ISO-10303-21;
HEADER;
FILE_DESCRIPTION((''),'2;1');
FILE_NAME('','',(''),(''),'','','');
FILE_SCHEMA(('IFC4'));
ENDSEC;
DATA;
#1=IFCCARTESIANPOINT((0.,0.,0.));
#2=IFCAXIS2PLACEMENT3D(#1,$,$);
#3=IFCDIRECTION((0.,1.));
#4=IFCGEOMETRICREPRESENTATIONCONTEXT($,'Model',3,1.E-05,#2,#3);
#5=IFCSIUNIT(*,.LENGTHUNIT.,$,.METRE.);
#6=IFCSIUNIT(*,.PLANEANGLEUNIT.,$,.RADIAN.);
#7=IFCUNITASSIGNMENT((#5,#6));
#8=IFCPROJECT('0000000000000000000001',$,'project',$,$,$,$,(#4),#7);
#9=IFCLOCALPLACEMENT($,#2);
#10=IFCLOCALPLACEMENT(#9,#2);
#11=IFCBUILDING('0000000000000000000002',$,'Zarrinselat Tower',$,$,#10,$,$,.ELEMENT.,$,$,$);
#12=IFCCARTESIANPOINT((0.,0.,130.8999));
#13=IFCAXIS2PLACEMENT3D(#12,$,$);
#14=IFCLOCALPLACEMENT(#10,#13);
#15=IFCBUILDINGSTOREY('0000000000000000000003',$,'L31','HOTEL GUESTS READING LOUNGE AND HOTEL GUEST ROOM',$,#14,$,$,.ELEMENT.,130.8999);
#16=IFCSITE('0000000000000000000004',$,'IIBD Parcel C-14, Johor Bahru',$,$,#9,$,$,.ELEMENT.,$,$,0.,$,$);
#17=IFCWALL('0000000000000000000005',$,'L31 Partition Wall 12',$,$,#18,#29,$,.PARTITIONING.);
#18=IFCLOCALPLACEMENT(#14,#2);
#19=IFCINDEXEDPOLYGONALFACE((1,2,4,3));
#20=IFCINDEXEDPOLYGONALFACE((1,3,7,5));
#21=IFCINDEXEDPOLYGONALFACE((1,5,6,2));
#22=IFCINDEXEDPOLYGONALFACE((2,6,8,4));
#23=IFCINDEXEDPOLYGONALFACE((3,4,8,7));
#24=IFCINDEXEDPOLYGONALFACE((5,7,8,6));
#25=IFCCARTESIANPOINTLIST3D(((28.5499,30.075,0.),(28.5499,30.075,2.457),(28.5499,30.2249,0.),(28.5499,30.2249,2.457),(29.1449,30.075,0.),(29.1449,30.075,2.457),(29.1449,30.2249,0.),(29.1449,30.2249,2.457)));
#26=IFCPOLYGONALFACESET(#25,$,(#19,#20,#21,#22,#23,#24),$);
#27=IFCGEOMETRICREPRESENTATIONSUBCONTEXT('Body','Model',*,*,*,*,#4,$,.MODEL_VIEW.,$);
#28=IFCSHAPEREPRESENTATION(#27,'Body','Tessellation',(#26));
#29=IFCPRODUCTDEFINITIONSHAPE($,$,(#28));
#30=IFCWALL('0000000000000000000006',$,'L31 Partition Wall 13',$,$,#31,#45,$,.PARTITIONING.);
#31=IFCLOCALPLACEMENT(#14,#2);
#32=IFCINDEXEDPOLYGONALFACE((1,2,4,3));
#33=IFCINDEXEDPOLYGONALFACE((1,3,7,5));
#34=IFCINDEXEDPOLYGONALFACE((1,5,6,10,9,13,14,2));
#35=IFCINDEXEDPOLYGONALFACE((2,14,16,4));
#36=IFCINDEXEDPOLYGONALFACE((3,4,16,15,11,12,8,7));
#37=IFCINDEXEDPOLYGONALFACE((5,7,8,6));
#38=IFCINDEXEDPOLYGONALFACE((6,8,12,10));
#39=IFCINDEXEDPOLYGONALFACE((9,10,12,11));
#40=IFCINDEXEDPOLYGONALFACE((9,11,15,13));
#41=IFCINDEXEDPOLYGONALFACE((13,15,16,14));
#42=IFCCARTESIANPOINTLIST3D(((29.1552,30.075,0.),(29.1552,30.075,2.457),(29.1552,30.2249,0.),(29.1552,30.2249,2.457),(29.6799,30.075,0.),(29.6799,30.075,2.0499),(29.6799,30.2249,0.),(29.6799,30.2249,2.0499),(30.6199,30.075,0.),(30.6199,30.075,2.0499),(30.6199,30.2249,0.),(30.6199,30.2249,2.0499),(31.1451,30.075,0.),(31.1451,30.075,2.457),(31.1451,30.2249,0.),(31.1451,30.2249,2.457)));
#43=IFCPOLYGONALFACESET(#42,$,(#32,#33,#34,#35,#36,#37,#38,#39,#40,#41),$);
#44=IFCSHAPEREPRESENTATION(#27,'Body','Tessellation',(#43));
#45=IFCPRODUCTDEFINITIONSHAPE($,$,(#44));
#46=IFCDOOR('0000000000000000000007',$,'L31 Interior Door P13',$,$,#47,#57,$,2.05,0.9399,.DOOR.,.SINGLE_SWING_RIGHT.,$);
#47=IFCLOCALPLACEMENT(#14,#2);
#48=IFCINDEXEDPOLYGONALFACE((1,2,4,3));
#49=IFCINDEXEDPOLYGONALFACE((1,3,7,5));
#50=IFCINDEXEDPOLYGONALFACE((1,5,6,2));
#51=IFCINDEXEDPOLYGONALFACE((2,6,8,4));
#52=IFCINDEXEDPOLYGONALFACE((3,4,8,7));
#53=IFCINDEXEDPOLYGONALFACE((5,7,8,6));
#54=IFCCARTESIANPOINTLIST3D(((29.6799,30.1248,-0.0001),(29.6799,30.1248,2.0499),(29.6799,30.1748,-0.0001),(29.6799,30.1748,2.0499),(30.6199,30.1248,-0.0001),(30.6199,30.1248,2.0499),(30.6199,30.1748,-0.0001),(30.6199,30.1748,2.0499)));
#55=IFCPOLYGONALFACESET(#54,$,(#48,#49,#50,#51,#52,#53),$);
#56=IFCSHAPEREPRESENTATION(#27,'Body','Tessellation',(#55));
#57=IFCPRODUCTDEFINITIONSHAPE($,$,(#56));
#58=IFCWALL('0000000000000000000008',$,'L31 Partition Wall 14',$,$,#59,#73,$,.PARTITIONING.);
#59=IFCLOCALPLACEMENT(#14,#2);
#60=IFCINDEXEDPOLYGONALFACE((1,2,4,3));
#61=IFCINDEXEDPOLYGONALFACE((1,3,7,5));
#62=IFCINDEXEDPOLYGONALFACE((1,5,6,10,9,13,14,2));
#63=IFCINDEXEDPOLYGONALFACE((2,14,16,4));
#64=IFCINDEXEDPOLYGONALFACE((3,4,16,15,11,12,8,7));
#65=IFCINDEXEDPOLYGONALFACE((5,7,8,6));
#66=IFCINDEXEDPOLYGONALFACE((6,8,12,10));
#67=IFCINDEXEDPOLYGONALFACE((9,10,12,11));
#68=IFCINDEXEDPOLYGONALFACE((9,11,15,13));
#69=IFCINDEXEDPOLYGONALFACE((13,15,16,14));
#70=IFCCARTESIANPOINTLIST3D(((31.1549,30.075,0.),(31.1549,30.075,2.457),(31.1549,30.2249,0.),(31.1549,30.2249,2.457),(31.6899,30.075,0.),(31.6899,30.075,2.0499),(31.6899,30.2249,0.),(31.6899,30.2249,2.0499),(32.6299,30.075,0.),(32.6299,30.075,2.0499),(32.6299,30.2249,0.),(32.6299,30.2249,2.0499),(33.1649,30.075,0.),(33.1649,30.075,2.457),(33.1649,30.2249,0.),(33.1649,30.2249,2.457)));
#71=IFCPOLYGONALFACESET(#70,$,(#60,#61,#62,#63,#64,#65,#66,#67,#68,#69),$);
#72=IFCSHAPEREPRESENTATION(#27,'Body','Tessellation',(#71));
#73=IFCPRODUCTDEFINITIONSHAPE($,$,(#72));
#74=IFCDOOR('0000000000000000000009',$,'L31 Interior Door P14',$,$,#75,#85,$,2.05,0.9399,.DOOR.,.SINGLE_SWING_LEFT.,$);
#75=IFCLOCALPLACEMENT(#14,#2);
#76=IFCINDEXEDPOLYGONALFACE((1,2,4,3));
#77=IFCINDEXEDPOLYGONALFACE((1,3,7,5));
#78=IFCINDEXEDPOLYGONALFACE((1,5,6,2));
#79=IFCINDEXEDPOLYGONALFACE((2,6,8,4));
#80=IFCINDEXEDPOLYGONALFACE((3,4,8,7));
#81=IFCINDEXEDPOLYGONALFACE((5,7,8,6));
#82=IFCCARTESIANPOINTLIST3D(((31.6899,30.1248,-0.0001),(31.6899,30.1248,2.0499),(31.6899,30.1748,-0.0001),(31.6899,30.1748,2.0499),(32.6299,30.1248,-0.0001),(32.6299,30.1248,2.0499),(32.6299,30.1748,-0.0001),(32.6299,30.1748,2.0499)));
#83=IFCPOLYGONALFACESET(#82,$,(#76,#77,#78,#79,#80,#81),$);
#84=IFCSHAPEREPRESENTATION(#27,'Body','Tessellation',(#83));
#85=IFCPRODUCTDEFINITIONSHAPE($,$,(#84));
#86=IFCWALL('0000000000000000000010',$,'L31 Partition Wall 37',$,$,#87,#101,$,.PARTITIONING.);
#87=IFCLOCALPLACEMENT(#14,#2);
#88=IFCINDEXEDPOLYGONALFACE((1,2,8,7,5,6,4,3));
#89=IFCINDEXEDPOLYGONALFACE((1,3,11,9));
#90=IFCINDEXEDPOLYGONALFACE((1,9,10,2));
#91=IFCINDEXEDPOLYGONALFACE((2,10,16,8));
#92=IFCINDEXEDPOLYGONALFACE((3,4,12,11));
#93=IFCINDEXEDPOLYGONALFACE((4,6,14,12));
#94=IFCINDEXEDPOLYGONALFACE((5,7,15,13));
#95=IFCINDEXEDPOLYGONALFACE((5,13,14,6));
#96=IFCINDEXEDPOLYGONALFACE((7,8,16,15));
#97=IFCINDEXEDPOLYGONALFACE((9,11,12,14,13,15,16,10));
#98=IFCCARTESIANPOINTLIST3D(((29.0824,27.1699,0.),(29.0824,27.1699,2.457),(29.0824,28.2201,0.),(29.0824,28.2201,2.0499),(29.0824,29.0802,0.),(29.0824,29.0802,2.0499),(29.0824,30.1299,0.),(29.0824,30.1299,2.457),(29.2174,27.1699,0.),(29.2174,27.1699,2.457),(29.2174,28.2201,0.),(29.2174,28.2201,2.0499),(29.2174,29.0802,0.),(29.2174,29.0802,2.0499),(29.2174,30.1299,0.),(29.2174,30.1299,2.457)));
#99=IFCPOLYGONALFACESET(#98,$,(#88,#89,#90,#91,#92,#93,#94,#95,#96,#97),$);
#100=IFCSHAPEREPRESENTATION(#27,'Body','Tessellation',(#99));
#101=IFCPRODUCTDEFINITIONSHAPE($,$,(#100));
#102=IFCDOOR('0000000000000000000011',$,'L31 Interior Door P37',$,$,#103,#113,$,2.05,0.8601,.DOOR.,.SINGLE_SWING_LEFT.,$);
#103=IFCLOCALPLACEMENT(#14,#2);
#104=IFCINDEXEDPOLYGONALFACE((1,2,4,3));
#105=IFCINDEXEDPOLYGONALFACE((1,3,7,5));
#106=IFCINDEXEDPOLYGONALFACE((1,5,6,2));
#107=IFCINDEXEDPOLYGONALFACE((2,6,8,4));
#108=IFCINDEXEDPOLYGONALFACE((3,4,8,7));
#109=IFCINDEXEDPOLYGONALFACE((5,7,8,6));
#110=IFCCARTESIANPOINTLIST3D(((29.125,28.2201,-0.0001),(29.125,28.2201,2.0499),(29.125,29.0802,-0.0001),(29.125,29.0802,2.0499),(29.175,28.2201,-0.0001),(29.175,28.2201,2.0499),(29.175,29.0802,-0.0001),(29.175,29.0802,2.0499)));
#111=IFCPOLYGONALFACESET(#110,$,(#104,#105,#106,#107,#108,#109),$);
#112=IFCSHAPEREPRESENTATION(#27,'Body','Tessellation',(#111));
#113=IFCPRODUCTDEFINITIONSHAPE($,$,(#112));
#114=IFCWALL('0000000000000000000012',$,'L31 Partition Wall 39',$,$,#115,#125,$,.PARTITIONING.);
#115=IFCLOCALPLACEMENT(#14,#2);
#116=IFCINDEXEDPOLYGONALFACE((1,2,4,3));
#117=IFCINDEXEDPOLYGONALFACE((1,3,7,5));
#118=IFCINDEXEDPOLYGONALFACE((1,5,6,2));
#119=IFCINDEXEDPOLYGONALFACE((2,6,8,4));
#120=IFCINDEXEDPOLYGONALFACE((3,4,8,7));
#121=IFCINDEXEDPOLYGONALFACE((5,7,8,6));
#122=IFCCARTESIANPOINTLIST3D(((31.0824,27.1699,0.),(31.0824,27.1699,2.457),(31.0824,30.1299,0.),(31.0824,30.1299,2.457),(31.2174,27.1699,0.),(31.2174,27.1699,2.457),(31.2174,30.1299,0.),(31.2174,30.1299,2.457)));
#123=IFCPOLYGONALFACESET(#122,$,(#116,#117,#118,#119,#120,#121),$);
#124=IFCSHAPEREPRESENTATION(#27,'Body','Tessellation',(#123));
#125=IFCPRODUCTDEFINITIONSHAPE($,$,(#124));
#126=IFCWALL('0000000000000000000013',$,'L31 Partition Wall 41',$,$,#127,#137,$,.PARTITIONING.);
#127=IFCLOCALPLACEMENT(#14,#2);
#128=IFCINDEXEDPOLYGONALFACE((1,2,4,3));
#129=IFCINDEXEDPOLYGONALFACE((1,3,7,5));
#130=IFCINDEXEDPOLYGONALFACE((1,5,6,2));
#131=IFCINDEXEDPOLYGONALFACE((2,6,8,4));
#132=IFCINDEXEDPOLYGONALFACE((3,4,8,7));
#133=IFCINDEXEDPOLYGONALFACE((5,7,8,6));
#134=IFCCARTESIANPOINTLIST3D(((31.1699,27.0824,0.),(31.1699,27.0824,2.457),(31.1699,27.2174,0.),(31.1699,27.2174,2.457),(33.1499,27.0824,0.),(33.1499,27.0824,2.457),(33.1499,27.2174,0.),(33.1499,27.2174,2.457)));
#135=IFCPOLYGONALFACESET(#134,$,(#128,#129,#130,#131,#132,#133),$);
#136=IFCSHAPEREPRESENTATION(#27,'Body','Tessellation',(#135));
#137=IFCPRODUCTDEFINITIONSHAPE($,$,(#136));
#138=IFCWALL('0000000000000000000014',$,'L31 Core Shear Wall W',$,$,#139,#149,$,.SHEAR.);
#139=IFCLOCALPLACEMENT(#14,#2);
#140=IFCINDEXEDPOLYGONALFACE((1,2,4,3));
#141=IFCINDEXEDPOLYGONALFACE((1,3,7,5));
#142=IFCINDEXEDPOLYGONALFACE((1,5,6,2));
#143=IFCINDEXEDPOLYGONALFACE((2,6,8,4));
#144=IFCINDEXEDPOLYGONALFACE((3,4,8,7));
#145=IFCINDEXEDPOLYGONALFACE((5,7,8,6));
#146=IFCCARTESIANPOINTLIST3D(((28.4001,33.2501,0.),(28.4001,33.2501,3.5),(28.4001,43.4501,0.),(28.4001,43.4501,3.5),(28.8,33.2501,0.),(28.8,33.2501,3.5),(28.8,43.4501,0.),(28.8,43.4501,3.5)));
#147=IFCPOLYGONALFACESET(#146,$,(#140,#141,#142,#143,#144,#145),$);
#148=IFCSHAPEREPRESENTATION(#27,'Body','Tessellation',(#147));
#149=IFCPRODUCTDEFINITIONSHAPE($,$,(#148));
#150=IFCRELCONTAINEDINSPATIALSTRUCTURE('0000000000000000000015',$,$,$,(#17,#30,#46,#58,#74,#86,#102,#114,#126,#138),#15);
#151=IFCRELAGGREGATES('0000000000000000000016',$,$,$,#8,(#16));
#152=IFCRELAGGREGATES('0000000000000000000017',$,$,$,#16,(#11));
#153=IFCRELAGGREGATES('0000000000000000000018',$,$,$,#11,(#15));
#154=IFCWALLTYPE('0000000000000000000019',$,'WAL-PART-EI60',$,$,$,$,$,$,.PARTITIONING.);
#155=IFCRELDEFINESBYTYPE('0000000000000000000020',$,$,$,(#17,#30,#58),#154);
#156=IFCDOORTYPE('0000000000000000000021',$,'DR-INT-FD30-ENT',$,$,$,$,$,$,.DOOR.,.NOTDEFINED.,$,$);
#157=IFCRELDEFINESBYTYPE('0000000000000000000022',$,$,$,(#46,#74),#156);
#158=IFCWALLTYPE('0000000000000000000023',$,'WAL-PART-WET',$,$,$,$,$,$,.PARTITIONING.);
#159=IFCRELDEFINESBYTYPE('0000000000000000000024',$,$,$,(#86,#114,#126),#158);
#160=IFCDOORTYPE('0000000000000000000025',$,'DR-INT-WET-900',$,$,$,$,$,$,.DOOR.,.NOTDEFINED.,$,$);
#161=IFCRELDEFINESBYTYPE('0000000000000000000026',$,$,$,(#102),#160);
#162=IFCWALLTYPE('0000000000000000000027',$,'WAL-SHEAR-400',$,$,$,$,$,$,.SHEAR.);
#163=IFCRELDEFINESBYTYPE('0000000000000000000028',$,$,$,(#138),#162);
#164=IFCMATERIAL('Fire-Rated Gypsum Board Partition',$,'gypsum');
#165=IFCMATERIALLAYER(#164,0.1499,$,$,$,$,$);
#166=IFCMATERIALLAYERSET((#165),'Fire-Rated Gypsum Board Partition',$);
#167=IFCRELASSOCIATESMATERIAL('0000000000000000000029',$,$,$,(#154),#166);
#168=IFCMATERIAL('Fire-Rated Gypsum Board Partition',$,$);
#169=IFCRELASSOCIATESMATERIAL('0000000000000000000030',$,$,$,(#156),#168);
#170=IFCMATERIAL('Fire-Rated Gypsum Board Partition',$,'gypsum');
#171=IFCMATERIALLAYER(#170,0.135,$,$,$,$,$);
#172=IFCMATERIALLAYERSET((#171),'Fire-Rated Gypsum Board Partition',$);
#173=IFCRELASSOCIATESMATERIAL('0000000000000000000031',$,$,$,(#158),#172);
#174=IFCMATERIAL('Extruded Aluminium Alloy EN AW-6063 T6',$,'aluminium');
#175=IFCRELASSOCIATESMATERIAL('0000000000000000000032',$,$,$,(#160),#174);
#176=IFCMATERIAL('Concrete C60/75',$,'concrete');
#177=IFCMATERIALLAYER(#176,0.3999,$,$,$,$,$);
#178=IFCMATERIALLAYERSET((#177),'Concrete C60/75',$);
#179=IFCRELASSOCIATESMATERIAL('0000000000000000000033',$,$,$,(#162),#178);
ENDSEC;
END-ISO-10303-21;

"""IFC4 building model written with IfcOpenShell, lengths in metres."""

from ifc_helpers import new_model, si_unit, direction, frame, frame_2d, origin, place, context, subcontext, project, spatial, rectangle, extrude, material, layer, layer_set, type_object, element, fill, save


model = new_model("IFC4")

# Units and contexts
model_context = context("Model", 3, precision=1e-05, world=origin(), true_north=direction((0.0, 1.0)))
body_context = subcontext(model_context, "Body", "Model", "MODEL_VIEW")
ifc_project = project(units=[si_unit("LENGTHUNIT", "METRE"), si_unit("PLANEANGLEUNIT", "RADIAN")], contexts=[model_context])

# Site, building, storey
site_placement = place(None, origin())
site = spatial("IfcSite", under=ifc_project, at=site_placement, Name="IIBD Parcel C-14, Johor Bahru", CompositionType="ELEMENT", RefElevation=0.0)
building_placement = place(site_placement, origin())
building = spatial("IfcBuilding", under=site, at=building_placement, Name="Zarrinselat Tower", CompositionType="ELEMENT")
storey_placement = place(building_placement, frame((0.0, 0.0, 130.8999)))
storey = spatial("IfcBuildingStorey", under=building, at=storey_placement, Name="L31", Description="HOTEL GUESTS READING LOUNGE AND HOTEL GUEST ROOM", CompositionType="ELEMENT", Elevation=130.8999)

# Wall
ifc_material_1 = material(Name="Fire-Rated Gypsum Board Partition", Category="gypsum")
ifc_layer_1 = layer(ifc_material_1, 0.1499)
ifc_layer_set_1 = layer_set([ifc_layer_1], Name="Fire-Rated Gypsum Board Partition")
wall_type_1 = type_object("IfcWallType", Name="WAL-PART-EI60", PredefinedType="PARTITIONING", material=ifc_layer_set_1)
wall_1_placement = place(storey_placement, frame((28.55, 30.1499, 0.0), z_axis=(0.0, 0.0, 1.0), x_axis=(1.0, 0.0, 0.0)))
element("IfcWall", 1, at=wall_1_placement, inside=storey, type_object=wall_type_1, Name="L31 Partition Wall 12", PredefinedType="PARTITIONING", context=body_context, shape_type="SweptSolid", body=[
    extrude(rectangle(XDim=0.595, YDim=0.1499, at=frame_2d((0.2974, 0.0))), origin(), (0.0, 0.0, 1.0), 2.457),
])

# Walls, openings, doors
wall_2_placement = place(storey_placement, frame((29.155, 30.1499, 0.0), z_axis=(0.0, 0.0, 1.0), x_axis=(1.0, 0.0, 0.0)))
wall_2 = element("IfcWall", 2, at=wall_2_placement, inside=storey, type_object=wall_type_1, Name="L31 Partition Wall 13", PredefinedType="PARTITIONING", context=body_context, shape_type="SweptSolid", body=[
    extrude(rectangle(XDim=1.99, YDim=0.1499, at=frame_2d((0.9951, 0.0))), origin(), (0.0, 0.0, 1.0), 2.457),
])
opening_1_placement = place(wall_2_placement, frame((0.5249, 0.0, 0.0)))
opening_1 = element("IfcOpeningElement", 3, at=opening_1_placement, cuts=wall_2, PredefinedType="OPENING", context=body_context, shape_type="SweptSolid", body=[
    extrude(rectangle(XDim=0.9399, YDim=2.05, at=frame_2d((0.47, 1.0249))), frame((0.0, 0.085, 0.0), z_axis=(0.0, -1.0, 0.0), x_axis=(1.0, 0.0, 0.0)), (0.0, 0.0, 1.0), 0.1699),
])
ifc_material_2 = material(Name="Fire-Rated Gypsum Board Partition")
door_type_1 = type_object("IfcDoorType", Name="DR-INT-FD30-ENT", OperationType="NOTDEFINED", PredefinedType="DOOR", material=ifc_material_2)
door_1_placement = place(opening_1_placement, origin())
door_1 = element("IfcDoor", 4, at=door_1_placement, inside=storey, type_object=door_type_1, Name="L31 Interior Door P13", OperationType="SINGLE_SWING_RIGHT", OverallHeight=2.05, OverallWidth=0.9399, PredefinedType="DOOR", context=body_context, shape_type="SweptSolid", body=[
    extrude(rectangle(XDim=0.9399, YDim=2.05, at=frame_2d((0.47, 1.0249))), frame((0.0, 0.0249, 0.0), z_axis=(0.0, -1.0, 0.0), x_axis=(1.0, 0.0, 0.0)), (0.0, 0.0, 1.0), 0.05),
])
fill(opening_1, door_1)
wall_3_placement = place(storey_placement, frame((31.155, 30.1499, 0.0), z_axis=(0.0, 0.0, 1.0), x_axis=(1.0, 0.0, 0.0)))
wall_3 = element("IfcWall", 5, at=wall_3_placement, inside=storey, type_object=wall_type_1, Name="L31 Partition Wall 14", PredefinedType="PARTITIONING", context=body_context, shape_type="SweptSolid", body=[
    extrude(rectangle(XDim=2.01, YDim=0.1499, at=frame_2d((1.0049, 0.0))), origin(), (0.0, 0.0, 1.0), 2.457),
])
opening_2_placement = place(wall_3_placement, frame((0.5349, 0.0, 0.0)))
opening_2 = element("IfcOpeningElement", 6, at=opening_2_placement, cuts=wall_3, PredefinedType="OPENING", context=body_context, shape_type="SweptSolid", body=[
    extrude(rectangle(XDim=0.9399, YDim=2.05, at=frame_2d((0.47, 1.0249))), frame((0.0, 0.085, 0.0), z_axis=(0.0, -1.0, 0.0), x_axis=(1.0, 0.0, 0.0)), (0.0, 0.0, 1.0), 0.1699),
])
door_2_placement = place(opening_2_placement, origin())
door_2 = element("IfcDoor", 7, at=door_2_placement, inside=storey, type_object=door_type_1, Name="L31 Interior Door P14", OperationType="SINGLE_SWING_LEFT", OverallHeight=2.05, OverallWidth=0.9399, PredefinedType="DOOR", context=body_context, shape_type="SweptSolid", body=[
    extrude(rectangle(XDim=0.9399, YDim=2.05, at=frame_2d((0.47, 1.0249))), frame((0.0, 0.0249, 0.0), z_axis=(0.0, -1.0, 0.0), x_axis=(1.0, 0.0, 0.0)), (0.0, 0.0, 1.0), 0.05),
])
fill(opening_2, door_2)
ifc_material_3 = material(Name="Fire-Rated Gypsum Board Partition", Category="gypsum")
ifc_layer_2 = layer(ifc_material_3, 0.135)
ifc_layer_set_2 = layer_set([ifc_layer_2], Name="Fire-Rated Gypsum Board Partition")
wall_type_2 = type_object("IfcWallType", Name="WAL-PART-WET", PredefinedType="PARTITIONING", material=ifc_layer_set_2)
wall_4_placement = place(storey_placement, frame((29.1499, 27.1699, 0.0), z_axis=(0.0, 0.0, 1.0), x_axis=(0.0, 1.0, 0.0)))
wall_4 = element("IfcWall", 8, at=wall_4_placement, inside=storey, type_object=wall_type_2, Name="L31 Partition Wall 37", PredefinedType="PARTITIONING", context=body_context, shape_type="SweptSolid", body=[
    extrude(rectangle(XDim=2.96, YDim=0.135, at=frame_2d((1.48, 0.0))), origin(), (0.0, 0.0, 1.0), 2.457),
])
opening_3_placement = place(wall_4_placement, frame((1.05, 0.0, 0.0)))
opening_3 = element("IfcOpeningElement", 9, at=opening_3_placement, cuts=wall_4, PredefinedType="OPENING", context=body_context, shape_type="SweptSolid", body=[
    extrude(rectangle(XDim=0.8601, YDim=2.05, at=frame_2d((0.4302, 1.0249))), frame((0.0, 0.0774, 0.0), z_axis=(0.0, -1.0, 0.0), x_axis=(1.0, 0.0, 0.0)), (0.0, 0.0, 1.0), 0.155),
])
ifc_material_4 = material(Name="Extruded Aluminium Alloy EN AW-6063 T6", Category="aluminium")
door_type_2 = type_object("IfcDoorType", Name="DR-INT-WET-900", OperationType="NOTDEFINED", PredefinedType="DOOR", material=ifc_material_4)
door_3_placement = place(opening_3_placement, origin())
door_3 = element("IfcDoor", 10, at=door_3_placement, inside=storey, type_object=door_type_2, Name="L31 Interior Door P37", OperationType="SINGLE_SWING_LEFT", OverallHeight=2.05, OverallWidth=0.8601, PredefinedType="DOOR", context=body_context, shape_type="SweptSolid", body=[
    extrude(rectangle(XDim=0.8601, YDim=2.05, at=frame_2d((0.4302, 1.0249))), frame((0.0, 0.0249, 0.0), z_axis=(0.0, -1.0, 0.0), x_axis=(1.0, 0.0, 0.0)), (0.0, 0.0, 1.0), 0.05),
])
fill(opening_3, door_3)

# Walls
wall_5_placement = place(storey_placement, frame((31.1499, 27.1699, 0.0), z_axis=(0.0, 0.0, 1.0), x_axis=(0.0, 1.0, 0.0)))
element("IfcWall", 11, at=wall_5_placement, inside=storey, type_object=wall_type_2, Name="L31 Partition Wall 39", PredefinedType="PARTITIONING", context=body_context, shape_type="SweptSolid", body=[
    extrude(rectangle(XDim=2.96, YDim=0.135, at=frame_2d((1.48, 0.0))), origin(), (0.0, 0.0, 1.0), 2.457),
])
wall_6_placement = place(storey_placement, frame((31.1699, 27.1499, 0.0), z_axis=(0.0, 0.0, 1.0), x_axis=(1.0, 0.0, 0.0)))
element("IfcWall", 12, at=wall_6_placement, inside=storey, type_object=wall_type_2, Name="L31 Partition Wall 41", PredefinedType="PARTITIONING", context=body_context, shape_type="SweptSolid", body=[
    extrude(rectangle(XDim=1.98, YDim=0.135, at=frame_2d((0.99, 0.0))), origin(), (0.0, 0.0, 1.0), 2.457),
])

# Shared definitions
ifc_material_5 = material(Name="Concrete C60/75", Category="concrete")
ifc_layer_3 = layer(ifc_material_5, 0.3999)
ifc_layer_set_3 = layer_set([ifc_layer_3], Name="Concrete C60/75")
wall_type_3 = type_object("IfcWallType", Name="WAL-SHEAR-400", PredefinedType="SHEAR", material=ifc_layer_set_3)

# Wall
wall_7_placement = place(storey_placement, frame((28.6001, 33.25, 0.0), z_axis=(0.0, 0.0, 1.0), x_axis=(0.0, 1.0, 0.0)))
element("IfcWall", 13, at=wall_7_placement, inside=storey, type_object=wall_type_3, Name="L31 Core Shear Wall W", PredefinedType="SHEAR", context=body_context, shape_type="SweptSolid", body=[
    extrude(rectangle(XDim=10.2, YDim=0.3999, at=frame_2d((5.1001, 0.0))), origin(), (0.0, 0.0, 1.0), 3.5),
])

save(model, "model.ifc")
